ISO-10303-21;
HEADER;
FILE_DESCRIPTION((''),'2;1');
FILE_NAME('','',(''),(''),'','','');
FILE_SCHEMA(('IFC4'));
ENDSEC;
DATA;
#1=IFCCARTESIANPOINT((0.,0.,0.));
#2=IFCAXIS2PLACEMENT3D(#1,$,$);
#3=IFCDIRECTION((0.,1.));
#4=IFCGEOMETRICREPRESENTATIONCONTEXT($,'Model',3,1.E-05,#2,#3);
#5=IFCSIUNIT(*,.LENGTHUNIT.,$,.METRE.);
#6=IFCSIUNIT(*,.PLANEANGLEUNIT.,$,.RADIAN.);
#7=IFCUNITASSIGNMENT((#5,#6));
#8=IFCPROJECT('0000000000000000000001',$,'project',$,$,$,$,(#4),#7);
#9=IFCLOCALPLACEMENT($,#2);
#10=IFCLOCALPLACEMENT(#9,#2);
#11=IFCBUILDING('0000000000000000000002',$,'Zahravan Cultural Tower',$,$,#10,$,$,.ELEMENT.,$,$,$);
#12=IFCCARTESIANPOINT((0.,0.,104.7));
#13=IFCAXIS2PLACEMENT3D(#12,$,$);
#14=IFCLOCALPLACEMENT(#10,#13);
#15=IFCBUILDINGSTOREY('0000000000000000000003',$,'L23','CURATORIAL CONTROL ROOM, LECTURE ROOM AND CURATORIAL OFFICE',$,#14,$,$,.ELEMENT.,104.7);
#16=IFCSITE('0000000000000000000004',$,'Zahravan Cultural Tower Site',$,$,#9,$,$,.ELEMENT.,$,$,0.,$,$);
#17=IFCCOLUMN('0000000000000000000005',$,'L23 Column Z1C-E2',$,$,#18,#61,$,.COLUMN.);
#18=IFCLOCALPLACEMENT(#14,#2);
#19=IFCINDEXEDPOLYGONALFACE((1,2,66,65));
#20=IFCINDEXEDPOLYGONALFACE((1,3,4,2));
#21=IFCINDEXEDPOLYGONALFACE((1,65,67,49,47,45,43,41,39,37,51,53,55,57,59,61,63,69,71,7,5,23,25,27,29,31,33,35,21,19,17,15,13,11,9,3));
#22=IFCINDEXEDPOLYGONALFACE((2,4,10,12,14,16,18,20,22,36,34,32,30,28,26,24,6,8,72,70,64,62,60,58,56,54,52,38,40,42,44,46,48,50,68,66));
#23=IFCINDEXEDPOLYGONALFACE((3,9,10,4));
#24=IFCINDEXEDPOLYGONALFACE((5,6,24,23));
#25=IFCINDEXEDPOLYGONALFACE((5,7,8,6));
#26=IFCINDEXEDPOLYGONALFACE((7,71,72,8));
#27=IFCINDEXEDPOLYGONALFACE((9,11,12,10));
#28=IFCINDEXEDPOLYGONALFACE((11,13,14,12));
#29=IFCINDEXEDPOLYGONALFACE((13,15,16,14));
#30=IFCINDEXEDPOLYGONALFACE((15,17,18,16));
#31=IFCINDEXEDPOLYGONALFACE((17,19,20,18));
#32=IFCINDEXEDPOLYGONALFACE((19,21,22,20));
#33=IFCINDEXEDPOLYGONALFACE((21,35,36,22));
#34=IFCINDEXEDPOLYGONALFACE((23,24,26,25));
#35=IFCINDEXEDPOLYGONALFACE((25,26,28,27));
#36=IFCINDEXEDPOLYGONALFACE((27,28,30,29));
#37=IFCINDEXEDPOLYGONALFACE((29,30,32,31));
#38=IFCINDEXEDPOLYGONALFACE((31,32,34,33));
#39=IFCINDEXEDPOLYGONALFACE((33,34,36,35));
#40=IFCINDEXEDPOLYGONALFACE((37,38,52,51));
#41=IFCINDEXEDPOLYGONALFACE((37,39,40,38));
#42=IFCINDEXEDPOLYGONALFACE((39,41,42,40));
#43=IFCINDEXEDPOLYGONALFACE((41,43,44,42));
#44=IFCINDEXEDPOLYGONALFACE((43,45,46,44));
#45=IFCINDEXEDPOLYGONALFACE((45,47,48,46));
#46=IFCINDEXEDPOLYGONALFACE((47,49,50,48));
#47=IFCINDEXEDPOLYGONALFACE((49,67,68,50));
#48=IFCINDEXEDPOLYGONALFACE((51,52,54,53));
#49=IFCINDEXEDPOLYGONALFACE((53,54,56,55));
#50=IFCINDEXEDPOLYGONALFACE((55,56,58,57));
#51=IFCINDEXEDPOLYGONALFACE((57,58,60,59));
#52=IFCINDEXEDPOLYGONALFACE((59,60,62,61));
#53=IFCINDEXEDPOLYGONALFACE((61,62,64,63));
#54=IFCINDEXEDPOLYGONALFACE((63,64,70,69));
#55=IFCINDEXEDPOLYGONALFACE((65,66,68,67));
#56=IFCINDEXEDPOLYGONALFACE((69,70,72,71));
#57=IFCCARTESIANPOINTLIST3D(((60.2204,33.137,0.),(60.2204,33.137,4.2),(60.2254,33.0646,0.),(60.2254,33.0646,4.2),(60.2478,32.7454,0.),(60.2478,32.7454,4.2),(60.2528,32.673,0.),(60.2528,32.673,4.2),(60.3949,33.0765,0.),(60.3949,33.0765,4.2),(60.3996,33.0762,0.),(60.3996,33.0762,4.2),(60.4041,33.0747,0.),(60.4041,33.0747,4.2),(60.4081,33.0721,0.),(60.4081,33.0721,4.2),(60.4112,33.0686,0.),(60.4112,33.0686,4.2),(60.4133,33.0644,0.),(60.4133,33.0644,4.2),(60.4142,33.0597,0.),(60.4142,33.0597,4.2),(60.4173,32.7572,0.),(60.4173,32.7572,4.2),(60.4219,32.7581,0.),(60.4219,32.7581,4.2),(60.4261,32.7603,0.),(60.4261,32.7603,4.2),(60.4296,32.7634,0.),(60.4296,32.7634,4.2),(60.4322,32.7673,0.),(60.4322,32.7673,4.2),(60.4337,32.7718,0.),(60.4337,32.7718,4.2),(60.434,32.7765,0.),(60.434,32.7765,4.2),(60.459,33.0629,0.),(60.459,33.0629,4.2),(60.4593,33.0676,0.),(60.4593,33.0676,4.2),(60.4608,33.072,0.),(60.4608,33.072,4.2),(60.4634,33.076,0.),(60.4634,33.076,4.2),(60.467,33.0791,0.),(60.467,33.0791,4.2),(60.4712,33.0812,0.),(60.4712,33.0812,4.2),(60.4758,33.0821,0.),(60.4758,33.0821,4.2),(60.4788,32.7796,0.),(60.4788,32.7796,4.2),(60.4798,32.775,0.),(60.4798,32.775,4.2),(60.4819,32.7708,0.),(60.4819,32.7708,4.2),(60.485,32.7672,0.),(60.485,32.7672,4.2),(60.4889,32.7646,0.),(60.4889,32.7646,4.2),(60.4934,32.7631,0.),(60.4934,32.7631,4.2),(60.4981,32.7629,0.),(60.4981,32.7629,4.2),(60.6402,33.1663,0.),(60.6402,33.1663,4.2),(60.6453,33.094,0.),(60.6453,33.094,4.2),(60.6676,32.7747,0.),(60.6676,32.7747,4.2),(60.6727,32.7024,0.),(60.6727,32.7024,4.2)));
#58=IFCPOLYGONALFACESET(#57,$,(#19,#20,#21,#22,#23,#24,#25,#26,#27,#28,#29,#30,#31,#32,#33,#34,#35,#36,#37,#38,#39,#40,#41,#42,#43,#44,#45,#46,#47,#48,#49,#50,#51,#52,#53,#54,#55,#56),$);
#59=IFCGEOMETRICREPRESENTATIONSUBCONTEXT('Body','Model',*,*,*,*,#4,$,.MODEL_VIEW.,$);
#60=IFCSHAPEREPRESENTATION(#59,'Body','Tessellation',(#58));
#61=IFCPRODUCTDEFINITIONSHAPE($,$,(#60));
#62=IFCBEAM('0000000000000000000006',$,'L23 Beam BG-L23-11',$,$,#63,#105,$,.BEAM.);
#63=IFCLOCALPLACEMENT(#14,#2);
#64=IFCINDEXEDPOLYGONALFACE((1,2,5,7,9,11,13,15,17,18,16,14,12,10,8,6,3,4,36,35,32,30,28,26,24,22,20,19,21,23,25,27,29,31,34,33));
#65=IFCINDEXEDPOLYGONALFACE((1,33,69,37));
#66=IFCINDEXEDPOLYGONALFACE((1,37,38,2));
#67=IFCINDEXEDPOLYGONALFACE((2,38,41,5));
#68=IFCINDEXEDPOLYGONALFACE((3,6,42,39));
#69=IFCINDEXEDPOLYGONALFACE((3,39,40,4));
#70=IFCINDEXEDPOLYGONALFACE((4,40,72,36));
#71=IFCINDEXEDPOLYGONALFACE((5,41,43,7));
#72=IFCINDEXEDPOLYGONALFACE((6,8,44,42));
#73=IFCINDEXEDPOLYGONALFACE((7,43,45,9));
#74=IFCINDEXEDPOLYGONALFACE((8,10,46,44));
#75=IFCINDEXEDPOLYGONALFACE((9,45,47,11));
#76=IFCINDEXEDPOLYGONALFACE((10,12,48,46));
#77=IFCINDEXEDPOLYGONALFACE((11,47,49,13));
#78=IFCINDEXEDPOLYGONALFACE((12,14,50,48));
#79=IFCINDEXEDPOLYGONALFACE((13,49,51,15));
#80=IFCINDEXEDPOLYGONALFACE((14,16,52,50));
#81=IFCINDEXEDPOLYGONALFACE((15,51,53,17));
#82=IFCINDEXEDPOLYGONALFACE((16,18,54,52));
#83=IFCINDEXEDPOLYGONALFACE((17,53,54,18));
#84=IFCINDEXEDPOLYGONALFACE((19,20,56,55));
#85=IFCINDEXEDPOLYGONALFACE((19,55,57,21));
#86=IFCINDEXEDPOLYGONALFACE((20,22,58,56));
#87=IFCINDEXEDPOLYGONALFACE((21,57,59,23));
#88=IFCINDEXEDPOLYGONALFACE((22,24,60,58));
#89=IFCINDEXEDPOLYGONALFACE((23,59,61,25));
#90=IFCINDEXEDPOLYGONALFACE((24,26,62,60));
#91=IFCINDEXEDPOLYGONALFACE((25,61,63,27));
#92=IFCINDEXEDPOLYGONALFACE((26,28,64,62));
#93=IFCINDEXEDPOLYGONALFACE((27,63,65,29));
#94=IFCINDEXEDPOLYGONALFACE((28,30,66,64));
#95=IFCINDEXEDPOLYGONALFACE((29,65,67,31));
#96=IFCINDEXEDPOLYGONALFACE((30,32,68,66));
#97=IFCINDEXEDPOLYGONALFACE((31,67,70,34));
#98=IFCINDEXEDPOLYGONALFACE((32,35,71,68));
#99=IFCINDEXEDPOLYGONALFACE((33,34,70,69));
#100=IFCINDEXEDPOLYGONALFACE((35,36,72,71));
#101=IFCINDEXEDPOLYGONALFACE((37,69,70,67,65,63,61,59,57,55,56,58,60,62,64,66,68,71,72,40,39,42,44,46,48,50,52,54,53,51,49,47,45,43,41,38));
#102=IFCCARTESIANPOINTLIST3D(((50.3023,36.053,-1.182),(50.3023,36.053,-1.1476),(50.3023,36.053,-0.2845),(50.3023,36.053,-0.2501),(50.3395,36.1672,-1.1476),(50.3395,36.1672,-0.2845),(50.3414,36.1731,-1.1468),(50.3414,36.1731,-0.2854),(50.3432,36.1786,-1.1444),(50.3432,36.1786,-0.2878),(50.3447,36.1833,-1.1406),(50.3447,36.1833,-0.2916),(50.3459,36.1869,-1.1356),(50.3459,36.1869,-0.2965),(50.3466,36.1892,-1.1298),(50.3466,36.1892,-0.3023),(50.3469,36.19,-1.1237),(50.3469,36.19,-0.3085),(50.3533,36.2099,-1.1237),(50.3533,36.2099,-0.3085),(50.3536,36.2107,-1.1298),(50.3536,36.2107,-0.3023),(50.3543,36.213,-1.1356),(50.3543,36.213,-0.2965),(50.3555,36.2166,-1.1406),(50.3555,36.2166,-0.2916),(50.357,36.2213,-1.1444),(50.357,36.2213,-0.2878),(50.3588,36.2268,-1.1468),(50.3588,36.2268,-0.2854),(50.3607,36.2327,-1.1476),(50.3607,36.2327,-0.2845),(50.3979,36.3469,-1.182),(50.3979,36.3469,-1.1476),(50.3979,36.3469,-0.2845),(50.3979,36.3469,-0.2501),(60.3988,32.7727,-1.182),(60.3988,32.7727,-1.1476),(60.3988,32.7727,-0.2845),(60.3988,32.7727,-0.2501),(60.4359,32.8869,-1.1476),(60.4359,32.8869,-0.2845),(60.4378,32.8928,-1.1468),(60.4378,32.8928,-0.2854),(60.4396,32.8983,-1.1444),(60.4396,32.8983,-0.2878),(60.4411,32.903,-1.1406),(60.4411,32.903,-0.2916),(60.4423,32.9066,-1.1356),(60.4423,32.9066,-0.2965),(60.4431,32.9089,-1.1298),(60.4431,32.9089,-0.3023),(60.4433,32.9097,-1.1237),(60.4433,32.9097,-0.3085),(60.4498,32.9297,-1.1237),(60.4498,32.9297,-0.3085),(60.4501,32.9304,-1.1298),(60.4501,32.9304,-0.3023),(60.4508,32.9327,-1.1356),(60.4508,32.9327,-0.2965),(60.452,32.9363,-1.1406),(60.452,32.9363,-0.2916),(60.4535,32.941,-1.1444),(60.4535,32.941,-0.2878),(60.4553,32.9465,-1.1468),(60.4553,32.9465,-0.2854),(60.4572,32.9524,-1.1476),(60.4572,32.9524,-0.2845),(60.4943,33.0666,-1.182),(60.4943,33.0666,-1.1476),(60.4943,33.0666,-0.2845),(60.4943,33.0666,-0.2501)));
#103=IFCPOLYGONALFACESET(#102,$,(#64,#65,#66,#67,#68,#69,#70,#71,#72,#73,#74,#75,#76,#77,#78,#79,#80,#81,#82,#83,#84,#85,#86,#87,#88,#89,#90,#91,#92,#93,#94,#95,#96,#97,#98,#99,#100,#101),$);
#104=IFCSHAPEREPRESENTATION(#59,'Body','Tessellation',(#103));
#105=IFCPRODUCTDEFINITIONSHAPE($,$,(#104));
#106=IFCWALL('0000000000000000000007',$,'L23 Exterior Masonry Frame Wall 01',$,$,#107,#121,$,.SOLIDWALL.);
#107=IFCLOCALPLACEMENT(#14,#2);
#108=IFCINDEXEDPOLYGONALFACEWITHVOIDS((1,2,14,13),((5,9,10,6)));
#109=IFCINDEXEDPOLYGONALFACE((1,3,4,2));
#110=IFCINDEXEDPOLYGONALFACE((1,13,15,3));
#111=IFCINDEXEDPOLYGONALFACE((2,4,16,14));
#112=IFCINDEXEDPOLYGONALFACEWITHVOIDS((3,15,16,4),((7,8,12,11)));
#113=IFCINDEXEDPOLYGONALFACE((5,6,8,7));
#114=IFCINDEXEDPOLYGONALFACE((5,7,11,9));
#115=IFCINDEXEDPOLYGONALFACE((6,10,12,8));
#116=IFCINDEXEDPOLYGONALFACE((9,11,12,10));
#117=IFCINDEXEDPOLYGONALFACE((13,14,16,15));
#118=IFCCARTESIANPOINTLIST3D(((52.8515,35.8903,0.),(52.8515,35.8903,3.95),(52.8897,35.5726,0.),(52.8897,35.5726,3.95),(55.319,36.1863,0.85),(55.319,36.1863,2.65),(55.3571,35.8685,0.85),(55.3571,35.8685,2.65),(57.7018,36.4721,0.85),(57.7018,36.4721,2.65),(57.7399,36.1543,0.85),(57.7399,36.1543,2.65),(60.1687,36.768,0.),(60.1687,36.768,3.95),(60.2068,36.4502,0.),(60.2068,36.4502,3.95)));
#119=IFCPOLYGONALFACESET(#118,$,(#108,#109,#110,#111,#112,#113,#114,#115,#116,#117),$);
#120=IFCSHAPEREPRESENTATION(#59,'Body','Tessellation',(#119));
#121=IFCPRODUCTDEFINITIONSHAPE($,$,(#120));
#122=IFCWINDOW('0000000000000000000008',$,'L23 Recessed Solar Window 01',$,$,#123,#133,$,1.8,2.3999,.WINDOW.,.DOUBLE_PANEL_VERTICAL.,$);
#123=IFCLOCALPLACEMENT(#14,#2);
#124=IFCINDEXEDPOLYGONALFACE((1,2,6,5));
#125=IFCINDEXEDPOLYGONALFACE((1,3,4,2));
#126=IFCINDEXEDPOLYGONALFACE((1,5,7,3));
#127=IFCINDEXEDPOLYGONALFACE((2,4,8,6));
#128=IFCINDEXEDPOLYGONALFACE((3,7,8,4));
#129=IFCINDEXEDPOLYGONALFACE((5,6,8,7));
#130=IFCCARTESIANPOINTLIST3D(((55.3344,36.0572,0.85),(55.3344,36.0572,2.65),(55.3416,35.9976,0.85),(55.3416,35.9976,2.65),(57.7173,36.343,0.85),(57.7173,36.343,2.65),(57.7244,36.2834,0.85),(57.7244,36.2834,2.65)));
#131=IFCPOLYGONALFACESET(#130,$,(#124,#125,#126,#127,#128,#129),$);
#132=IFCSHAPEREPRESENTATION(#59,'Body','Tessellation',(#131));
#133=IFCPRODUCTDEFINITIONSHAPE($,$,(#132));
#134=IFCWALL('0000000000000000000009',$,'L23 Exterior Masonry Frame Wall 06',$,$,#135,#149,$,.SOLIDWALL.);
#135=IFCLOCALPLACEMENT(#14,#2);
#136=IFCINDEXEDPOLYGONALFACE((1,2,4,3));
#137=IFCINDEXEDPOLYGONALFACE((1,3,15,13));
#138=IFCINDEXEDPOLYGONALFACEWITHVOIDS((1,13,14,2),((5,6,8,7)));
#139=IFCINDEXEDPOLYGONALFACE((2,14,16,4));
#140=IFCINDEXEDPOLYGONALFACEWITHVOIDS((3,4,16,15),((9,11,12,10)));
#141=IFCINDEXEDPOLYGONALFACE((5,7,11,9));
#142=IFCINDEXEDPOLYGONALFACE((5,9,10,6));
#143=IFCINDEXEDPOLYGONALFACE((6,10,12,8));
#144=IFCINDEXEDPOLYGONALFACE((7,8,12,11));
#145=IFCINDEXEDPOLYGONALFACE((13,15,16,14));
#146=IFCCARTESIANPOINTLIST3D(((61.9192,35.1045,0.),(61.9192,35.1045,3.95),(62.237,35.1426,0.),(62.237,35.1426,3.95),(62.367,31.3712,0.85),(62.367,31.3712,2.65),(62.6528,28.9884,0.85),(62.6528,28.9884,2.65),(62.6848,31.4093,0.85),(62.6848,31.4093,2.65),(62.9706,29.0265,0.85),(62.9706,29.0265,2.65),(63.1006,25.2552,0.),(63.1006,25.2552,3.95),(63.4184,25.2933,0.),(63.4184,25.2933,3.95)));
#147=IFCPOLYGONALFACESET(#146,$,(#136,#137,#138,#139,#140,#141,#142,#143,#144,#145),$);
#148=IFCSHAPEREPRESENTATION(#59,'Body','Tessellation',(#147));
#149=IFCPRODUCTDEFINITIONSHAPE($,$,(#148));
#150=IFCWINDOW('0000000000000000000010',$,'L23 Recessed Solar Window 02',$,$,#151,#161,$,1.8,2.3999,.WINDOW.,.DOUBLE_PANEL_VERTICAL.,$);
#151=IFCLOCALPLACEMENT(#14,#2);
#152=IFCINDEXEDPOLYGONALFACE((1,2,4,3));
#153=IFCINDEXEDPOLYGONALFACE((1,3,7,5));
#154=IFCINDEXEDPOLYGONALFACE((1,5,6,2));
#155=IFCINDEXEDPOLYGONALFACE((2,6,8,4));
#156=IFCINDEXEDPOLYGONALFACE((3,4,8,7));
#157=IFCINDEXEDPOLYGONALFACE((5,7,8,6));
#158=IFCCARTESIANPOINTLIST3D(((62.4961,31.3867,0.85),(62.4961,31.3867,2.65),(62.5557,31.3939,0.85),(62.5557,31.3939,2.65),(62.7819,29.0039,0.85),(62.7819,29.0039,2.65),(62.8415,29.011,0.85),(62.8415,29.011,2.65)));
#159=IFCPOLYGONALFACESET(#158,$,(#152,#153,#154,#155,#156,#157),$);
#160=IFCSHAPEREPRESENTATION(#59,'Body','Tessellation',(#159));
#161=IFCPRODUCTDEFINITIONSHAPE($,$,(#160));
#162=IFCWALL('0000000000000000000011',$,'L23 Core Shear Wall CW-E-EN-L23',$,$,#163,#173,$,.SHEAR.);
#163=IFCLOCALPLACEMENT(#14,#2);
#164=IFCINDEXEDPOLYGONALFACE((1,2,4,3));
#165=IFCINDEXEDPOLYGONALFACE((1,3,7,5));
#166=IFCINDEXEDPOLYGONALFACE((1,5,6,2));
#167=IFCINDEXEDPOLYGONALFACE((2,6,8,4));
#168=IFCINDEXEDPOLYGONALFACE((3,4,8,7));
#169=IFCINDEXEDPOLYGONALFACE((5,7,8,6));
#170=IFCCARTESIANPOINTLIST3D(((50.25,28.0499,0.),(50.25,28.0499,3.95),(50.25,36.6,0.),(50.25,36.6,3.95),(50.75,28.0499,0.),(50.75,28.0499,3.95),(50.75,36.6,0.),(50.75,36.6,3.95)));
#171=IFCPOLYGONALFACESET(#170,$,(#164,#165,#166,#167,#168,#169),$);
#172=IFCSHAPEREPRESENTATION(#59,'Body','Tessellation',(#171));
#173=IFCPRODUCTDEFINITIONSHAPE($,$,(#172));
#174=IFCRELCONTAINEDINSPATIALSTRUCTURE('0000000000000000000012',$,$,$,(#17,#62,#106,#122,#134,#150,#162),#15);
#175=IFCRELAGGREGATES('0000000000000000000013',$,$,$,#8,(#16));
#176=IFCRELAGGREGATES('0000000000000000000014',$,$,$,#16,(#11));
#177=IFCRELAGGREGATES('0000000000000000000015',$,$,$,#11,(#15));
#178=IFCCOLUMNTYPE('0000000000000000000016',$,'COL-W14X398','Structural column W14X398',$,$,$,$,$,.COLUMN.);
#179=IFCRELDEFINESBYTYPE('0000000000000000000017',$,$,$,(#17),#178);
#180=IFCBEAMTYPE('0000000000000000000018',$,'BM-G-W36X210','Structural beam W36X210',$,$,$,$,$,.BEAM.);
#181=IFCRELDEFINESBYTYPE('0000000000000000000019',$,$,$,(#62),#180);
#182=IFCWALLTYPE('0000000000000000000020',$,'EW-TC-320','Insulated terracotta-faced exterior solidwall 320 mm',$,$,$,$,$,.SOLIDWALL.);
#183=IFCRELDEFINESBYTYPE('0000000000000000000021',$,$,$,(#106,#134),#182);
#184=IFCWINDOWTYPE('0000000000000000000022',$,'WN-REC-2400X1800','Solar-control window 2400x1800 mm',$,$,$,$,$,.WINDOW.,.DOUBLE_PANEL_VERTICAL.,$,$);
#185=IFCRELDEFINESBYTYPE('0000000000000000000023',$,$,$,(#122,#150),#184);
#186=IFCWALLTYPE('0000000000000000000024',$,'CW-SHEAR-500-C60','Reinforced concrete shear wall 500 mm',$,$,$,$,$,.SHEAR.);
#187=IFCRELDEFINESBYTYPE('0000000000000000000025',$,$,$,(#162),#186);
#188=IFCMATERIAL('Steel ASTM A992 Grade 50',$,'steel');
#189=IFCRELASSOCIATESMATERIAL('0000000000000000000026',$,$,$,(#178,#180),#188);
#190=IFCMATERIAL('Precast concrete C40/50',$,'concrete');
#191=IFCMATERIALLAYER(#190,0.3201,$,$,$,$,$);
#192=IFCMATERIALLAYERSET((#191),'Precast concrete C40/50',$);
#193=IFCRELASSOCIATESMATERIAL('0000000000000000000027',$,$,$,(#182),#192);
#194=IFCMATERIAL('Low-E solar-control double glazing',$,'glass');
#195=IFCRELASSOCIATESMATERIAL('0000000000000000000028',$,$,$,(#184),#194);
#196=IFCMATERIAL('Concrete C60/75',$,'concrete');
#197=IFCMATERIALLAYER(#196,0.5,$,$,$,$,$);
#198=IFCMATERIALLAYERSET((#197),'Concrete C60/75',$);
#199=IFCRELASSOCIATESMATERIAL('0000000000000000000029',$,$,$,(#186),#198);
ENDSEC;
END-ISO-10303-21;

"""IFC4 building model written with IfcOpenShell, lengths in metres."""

from ifc_helpers import new_model, si_unit, direction, frame, frame_2d, origin, origin_2d, place, context, subcontext, project, spatial, rectangle, i_section, extrude, source, transform, mapped, material, layer, layer_set, material_profile, profile_set, type_object, element, fill, save


model = new_model("IFC4")

# Units and contexts
model_context = context("Model", 3, precision=1e-05, world=origin(), true_north=direction((0.0, 1.0)))
body_context = subcontext(model_context, "Body", "Model", "MODEL_VIEW")
ifc_project = project(units=[si_unit("LENGTHUNIT", "METRE"), si_unit("PLANEANGLEUNIT", "RADIAN")], contexts=[model_context])

# Site, building, storey
site_placement = place(None, origin())
site = spatial("IfcSite", under=ifc_project, at=site_placement, Name="Zahravan Cultural Tower Site", CompositionType="ELEMENT", RefElevation=0.0)
building_placement = place(site_placement, origin())
building = spatial("IfcBuilding", under=site, at=building_placement, Name="Zahravan Cultural Tower", CompositionType="ELEMENT")
storey_placement = place(building_placement, frame((0.0, 0.0, 104.7)))
storey = spatial("IfcBuildingStorey", under=building, at=storey_placement, Name="L23", Description="CURATORIAL CONTROL ROOM, LECTURE ROOM AND CURATORIAL OFFICE", CompositionType="ELEMENT", Elevation=104.7)

# Column
ifc_material_1 = material(Name="Steel ASTM A992 Grade 50", Category="steel")
ifc_material_profile_1 = material_profile(ifc_material_1, i_section(OverallWidth=0.4209, OverallDepth=0.4651, WebThickness=0.0449, FlangeThickness=0.0725, FilletRadius=0.0181, at=origin_2d()), Name="W14X398")
ifc_profile_set_1 = profile_set([ifc_material_profile_1], Name="Steel ASTM A992 Grade 50")
column_type = type_object("IfcColumnType", Name="COL-W14X398", Description="Structural column W14X398", PredefinedType="COLUMN", material=ifc_profile_set_1)
shared_shape_1 = source(origin(), body_context, "Body", "SweptSolid", [
    extrude(i_section(OverallWidth=0.4209, OverallDepth=0.4651, WebThickness=0.0449, FlangeThickness=0.0725, FilletRadius=0.0181, at=origin_2d()), origin(), (0.0, 0.0, 1.0), 4.2),
])
column_placement = place(storey_placement, frame((60.4465, 32.9197, 0.0), z_axis=(0.0, 0.0, 1.0), x_axis=(0.997564, 0.069756, 0.0)))
element("IfcColumn", 1, at=column_placement, inside=storey, type_object=column_type, Name="L23 Column Z1C-E2", PredefinedType="COLUMN", context=body_context, shape_type="MappedRepresentation", body=[
    mapped(shared_shape_1, transform((0.0, 0.0, 0.0), x_axis=(1.0, 0.0, 0.0), y_axis=(0.0, 1.0, 0.0), z_axis=(0.0, 0.0, 1.0), scale=1.0)),
])

# Beam
ifc_material_profile_2 = material_profile(ifc_material_1, i_section(OverallWidth=0.3091, OverallDepth=0.9319, WebThickness=0.021, FlangeThickness=0.0344, FilletRadius=0.0239, at=origin_2d()), Name="W36X210")
ifc_profile_set_2 = profile_set([ifc_material_profile_2], Name="Steel ASTM A992 Grade 50")
beam_type = type_object("IfcBeamType", Name="BM-G-W36X210", Description="Structural beam W36X210", PredefinedType="BEAM", material=ifc_profile_set_2)
shared_shape_2 = source(origin(), body_context, "Body", "SweptSolid", [
    extrude(i_section(OverallWidth=0.3091, OverallDepth=0.9319, WebThickness=0.021, FlangeThickness=0.0344, FilletRadius=0.0239, at=origin_2d()), origin(), (0.0, 0.0, 1.0), 10.616),
])
beam_placement = place(storey_placement, frame((50.3501, 36.2, -0.7161), z_axis=(0.951064, -0.308995, 0.0), x_axis=(0.308995, 0.951064, 0.0)))
element("IfcBeam", 2, at=beam_placement, inside=storey, type_object=beam_type, Name="L23 Beam BG-L23-11", PredefinedType="BEAM", context=body_context, shape_type="MappedRepresentation", body=[
    mapped(shared_shape_2, transform((0.0, 0.0, 0.0), x_axis=(1.0, 0.0, 0.0), y_axis=(0.0, 1.0, 0.0), z_axis=(0.0, 0.0, 1.0), scale=1.0)),
])

# Walls, openings, windows
ifc_material_2 = material(Name="Precast concrete C40/50", Category="concrete")
ifc_layer_1 = layer(ifc_material_2, 0.3201)
ifc_layer_set_1 = layer_set([ifc_layer_1], Name="Precast concrete C40/50")
wall_type_1 = type_object("IfcWallType", Name="EW-TC-320", Description="Insulated terracotta-faced exterior solidwall 320 mm", PredefinedType="SOLIDWALL", material=ifc_layer_set_1)
wall_1_placement = place(storey_placement, frame((52.8706, 35.7314, 0.0), z_axis=(0.0, 0.0, 1.0), x_axis=(0.992883, 0.119096, 0.0)))
wall_1 = element("IfcWall", 3, at=wall_1_placement, inside=storey, type_object=wall_type_1, Name="L23 Exterior Masonry Frame Wall 01", PredefinedType="SOLIDWALL", context=body_context, shape_type="SweptSolid", body=[
    extrude(rectangle(XDim=7.3696, YDim=0.3201, at=frame_2d((3.6848, 0.0))), origin(), (0.0, 0.0, 1.0), 3.95),
])
opening_1_placement = place(wall_1_placement, frame((2.4851, 0.0, 0.8501)))
opening_1 = element("IfcOpeningElement", 4, at=opening_1_placement, cuts=wall_1, PredefinedType="OPENING", context=body_context, shape_type="SweptSolid", body=[
    extrude(rectangle(XDim=2.3999, YDim=1.8, at=frame_2d((1.2, 0.8999))), frame((0.0, 0.1699, 0.0), z_axis=(0.0, -1.0, 0.0), x_axis=(1.0, 0.0, 0.0)), (0.0, 0.0, 1.0), 0.3401),
])
ifc_material_3 = material(Name="Low-E solar-control double glazing", Category="glass")
window_type = type_object("IfcWindowType", Name="WN-REC-2400X1800", Description="Solar-control window 2400x1800 mm", PartitioningType="DOUBLE_PANEL_VERTICAL", PredefinedType="WINDOW", material=ifc_material_3)
shared_shape_3 = source(origin(), body_context, "Body", "SweptSolid", [
    extrude(rectangle(XDim=2.3999, YDim=1.8, at=frame_2d((1.2, 0.8999))), frame((0.0, 0.03, 0.0), z_axis=(0.0, -1.0, 0.0), x_axis=(1.0, 0.0, 0.0)), (0.0, 0.0, 1.0), 0.0601),
])
window_1_placement = place(opening_1_placement, origin())
window_1 = element("IfcWindow", 5, at=window_1_placement, inside=storey, type_object=window_type, Name="L23 Recessed Solar Window 01", OverallHeight=1.8, OverallWidth=2.3999, PartitioningType="DOUBLE_PANEL_VERTICAL", PredefinedType="WINDOW", context=body_context, shape_type="MappedRepresentation", body=[
    mapped(shared_shape_3, transform((0.0, 0.0, 0.0), x_axis=(1.0, 0.0, 0.0), y_axis=(0.0, 1.0, 0.0), z_axis=(0.0, 0.0, 1.0), scale=1.0)),
])
fill(opening_1, window_1)
wall_2_placement = place(storey_placement, frame((62.0781, 35.1235, 0.0), z_axis=(0.0, 0.0, 1.0), x_axis=(0.119093, -0.992883, 0.0)))
wall_2 = element("IfcWall", 6, at=wall_2_placement, inside=storey, type_object=wall_type_1, Name="L23 Exterior Masonry Frame Wall 06", PredefinedType="SOLIDWALL", context=body_context, shape_type="SweptSolid", body=[
    extrude(rectangle(XDim=9.9199, YDim=0.3201, at=frame_2d((4.96, 0.0))), origin(), (0.0, 0.0, 1.0), 3.95),
])
opening_2_placement = place(wall_2_placement, frame((3.76, 0.0, 0.8501)))
opening_2 = element("IfcOpeningElement", 7, at=opening_2_placement, cuts=wall_2, PredefinedType="OPENING", context=body_context, shape_type="SweptSolid", body=[
    extrude(rectangle(XDim=2.3999, YDim=1.8, at=frame_2d((1.2, 0.8999))), frame((0.0, 0.1699, 0.0), z_axis=(0.0, -1.0, 0.0), x_axis=(1.0, 0.0, 0.0)), (0.0, 0.0, 1.0), 0.3401),
])
window_2_placement = place(opening_2_placement, origin())
window_2 = element("IfcWindow", 8, at=window_2_placement, inside=storey, type_object=window_type, Name="L23 Recessed Solar Window 02", OverallHeight=1.8, OverallWidth=2.3999, PartitioningType="DOUBLE_PANEL_VERTICAL", PredefinedType="WINDOW", context=body_context, shape_type="MappedRepresentation", body=[
    mapped(shared_shape_3, transform((0.0, 0.0, 0.0), x_axis=(1.0, 0.0, 0.0), y_axis=(0.0, 1.0, 0.0), z_axis=(0.0, 0.0, 1.0), scale=1.0)),
])
fill(opening_2, window_2)

# Wall
ifc_material_4 = material(Name="Concrete C60/75", Category="concrete")
ifc_layer_2 = layer(ifc_material_4, 0.5)
ifc_layer_set_2 = layer_set([ifc_layer_2], Name="Concrete C60/75")
wall_type_2 = type_object("IfcWallType", Name="CW-SHEAR-500-C60", Description="Reinforced concrete shear wall 500 mm", PredefinedType="SHEAR", material=ifc_layer_set_2)
shared_shape_4 = source(origin(), body_context, "Body", "SweptSolid", [
    extrude(rectangle(XDim=8.55, YDim=0.5, at=frame_2d((4.2749, 0.0))), origin(), (0.0, 0.0, 1.0), 3.95),
])
wall_3_placement = place(storey_placement, frame((50.5, 28.05, 0.0), z_axis=(0.0, 0.0, 1.0), x_axis=(0.0, 1.0, 0.0)))
element("IfcWall", 9, at=wall_3_placement, inside=storey, type_object=wall_type_2, Name="L23 Core Shear Wall CW-E-EN-L23", PredefinedType="SHEAR", context=body_context, shape_type="MappedRepresentation", body=[
    mapped(shared_shape_4, transform((0.0, 0.0, 0.0), x_axis=(1.0, 0.0, 0.0), y_axis=(0.0, 1.0, 0.0), z_axis=(0.0, 0.0, 1.0), scale=1.0)),
])

save(model, "model.ifc")
